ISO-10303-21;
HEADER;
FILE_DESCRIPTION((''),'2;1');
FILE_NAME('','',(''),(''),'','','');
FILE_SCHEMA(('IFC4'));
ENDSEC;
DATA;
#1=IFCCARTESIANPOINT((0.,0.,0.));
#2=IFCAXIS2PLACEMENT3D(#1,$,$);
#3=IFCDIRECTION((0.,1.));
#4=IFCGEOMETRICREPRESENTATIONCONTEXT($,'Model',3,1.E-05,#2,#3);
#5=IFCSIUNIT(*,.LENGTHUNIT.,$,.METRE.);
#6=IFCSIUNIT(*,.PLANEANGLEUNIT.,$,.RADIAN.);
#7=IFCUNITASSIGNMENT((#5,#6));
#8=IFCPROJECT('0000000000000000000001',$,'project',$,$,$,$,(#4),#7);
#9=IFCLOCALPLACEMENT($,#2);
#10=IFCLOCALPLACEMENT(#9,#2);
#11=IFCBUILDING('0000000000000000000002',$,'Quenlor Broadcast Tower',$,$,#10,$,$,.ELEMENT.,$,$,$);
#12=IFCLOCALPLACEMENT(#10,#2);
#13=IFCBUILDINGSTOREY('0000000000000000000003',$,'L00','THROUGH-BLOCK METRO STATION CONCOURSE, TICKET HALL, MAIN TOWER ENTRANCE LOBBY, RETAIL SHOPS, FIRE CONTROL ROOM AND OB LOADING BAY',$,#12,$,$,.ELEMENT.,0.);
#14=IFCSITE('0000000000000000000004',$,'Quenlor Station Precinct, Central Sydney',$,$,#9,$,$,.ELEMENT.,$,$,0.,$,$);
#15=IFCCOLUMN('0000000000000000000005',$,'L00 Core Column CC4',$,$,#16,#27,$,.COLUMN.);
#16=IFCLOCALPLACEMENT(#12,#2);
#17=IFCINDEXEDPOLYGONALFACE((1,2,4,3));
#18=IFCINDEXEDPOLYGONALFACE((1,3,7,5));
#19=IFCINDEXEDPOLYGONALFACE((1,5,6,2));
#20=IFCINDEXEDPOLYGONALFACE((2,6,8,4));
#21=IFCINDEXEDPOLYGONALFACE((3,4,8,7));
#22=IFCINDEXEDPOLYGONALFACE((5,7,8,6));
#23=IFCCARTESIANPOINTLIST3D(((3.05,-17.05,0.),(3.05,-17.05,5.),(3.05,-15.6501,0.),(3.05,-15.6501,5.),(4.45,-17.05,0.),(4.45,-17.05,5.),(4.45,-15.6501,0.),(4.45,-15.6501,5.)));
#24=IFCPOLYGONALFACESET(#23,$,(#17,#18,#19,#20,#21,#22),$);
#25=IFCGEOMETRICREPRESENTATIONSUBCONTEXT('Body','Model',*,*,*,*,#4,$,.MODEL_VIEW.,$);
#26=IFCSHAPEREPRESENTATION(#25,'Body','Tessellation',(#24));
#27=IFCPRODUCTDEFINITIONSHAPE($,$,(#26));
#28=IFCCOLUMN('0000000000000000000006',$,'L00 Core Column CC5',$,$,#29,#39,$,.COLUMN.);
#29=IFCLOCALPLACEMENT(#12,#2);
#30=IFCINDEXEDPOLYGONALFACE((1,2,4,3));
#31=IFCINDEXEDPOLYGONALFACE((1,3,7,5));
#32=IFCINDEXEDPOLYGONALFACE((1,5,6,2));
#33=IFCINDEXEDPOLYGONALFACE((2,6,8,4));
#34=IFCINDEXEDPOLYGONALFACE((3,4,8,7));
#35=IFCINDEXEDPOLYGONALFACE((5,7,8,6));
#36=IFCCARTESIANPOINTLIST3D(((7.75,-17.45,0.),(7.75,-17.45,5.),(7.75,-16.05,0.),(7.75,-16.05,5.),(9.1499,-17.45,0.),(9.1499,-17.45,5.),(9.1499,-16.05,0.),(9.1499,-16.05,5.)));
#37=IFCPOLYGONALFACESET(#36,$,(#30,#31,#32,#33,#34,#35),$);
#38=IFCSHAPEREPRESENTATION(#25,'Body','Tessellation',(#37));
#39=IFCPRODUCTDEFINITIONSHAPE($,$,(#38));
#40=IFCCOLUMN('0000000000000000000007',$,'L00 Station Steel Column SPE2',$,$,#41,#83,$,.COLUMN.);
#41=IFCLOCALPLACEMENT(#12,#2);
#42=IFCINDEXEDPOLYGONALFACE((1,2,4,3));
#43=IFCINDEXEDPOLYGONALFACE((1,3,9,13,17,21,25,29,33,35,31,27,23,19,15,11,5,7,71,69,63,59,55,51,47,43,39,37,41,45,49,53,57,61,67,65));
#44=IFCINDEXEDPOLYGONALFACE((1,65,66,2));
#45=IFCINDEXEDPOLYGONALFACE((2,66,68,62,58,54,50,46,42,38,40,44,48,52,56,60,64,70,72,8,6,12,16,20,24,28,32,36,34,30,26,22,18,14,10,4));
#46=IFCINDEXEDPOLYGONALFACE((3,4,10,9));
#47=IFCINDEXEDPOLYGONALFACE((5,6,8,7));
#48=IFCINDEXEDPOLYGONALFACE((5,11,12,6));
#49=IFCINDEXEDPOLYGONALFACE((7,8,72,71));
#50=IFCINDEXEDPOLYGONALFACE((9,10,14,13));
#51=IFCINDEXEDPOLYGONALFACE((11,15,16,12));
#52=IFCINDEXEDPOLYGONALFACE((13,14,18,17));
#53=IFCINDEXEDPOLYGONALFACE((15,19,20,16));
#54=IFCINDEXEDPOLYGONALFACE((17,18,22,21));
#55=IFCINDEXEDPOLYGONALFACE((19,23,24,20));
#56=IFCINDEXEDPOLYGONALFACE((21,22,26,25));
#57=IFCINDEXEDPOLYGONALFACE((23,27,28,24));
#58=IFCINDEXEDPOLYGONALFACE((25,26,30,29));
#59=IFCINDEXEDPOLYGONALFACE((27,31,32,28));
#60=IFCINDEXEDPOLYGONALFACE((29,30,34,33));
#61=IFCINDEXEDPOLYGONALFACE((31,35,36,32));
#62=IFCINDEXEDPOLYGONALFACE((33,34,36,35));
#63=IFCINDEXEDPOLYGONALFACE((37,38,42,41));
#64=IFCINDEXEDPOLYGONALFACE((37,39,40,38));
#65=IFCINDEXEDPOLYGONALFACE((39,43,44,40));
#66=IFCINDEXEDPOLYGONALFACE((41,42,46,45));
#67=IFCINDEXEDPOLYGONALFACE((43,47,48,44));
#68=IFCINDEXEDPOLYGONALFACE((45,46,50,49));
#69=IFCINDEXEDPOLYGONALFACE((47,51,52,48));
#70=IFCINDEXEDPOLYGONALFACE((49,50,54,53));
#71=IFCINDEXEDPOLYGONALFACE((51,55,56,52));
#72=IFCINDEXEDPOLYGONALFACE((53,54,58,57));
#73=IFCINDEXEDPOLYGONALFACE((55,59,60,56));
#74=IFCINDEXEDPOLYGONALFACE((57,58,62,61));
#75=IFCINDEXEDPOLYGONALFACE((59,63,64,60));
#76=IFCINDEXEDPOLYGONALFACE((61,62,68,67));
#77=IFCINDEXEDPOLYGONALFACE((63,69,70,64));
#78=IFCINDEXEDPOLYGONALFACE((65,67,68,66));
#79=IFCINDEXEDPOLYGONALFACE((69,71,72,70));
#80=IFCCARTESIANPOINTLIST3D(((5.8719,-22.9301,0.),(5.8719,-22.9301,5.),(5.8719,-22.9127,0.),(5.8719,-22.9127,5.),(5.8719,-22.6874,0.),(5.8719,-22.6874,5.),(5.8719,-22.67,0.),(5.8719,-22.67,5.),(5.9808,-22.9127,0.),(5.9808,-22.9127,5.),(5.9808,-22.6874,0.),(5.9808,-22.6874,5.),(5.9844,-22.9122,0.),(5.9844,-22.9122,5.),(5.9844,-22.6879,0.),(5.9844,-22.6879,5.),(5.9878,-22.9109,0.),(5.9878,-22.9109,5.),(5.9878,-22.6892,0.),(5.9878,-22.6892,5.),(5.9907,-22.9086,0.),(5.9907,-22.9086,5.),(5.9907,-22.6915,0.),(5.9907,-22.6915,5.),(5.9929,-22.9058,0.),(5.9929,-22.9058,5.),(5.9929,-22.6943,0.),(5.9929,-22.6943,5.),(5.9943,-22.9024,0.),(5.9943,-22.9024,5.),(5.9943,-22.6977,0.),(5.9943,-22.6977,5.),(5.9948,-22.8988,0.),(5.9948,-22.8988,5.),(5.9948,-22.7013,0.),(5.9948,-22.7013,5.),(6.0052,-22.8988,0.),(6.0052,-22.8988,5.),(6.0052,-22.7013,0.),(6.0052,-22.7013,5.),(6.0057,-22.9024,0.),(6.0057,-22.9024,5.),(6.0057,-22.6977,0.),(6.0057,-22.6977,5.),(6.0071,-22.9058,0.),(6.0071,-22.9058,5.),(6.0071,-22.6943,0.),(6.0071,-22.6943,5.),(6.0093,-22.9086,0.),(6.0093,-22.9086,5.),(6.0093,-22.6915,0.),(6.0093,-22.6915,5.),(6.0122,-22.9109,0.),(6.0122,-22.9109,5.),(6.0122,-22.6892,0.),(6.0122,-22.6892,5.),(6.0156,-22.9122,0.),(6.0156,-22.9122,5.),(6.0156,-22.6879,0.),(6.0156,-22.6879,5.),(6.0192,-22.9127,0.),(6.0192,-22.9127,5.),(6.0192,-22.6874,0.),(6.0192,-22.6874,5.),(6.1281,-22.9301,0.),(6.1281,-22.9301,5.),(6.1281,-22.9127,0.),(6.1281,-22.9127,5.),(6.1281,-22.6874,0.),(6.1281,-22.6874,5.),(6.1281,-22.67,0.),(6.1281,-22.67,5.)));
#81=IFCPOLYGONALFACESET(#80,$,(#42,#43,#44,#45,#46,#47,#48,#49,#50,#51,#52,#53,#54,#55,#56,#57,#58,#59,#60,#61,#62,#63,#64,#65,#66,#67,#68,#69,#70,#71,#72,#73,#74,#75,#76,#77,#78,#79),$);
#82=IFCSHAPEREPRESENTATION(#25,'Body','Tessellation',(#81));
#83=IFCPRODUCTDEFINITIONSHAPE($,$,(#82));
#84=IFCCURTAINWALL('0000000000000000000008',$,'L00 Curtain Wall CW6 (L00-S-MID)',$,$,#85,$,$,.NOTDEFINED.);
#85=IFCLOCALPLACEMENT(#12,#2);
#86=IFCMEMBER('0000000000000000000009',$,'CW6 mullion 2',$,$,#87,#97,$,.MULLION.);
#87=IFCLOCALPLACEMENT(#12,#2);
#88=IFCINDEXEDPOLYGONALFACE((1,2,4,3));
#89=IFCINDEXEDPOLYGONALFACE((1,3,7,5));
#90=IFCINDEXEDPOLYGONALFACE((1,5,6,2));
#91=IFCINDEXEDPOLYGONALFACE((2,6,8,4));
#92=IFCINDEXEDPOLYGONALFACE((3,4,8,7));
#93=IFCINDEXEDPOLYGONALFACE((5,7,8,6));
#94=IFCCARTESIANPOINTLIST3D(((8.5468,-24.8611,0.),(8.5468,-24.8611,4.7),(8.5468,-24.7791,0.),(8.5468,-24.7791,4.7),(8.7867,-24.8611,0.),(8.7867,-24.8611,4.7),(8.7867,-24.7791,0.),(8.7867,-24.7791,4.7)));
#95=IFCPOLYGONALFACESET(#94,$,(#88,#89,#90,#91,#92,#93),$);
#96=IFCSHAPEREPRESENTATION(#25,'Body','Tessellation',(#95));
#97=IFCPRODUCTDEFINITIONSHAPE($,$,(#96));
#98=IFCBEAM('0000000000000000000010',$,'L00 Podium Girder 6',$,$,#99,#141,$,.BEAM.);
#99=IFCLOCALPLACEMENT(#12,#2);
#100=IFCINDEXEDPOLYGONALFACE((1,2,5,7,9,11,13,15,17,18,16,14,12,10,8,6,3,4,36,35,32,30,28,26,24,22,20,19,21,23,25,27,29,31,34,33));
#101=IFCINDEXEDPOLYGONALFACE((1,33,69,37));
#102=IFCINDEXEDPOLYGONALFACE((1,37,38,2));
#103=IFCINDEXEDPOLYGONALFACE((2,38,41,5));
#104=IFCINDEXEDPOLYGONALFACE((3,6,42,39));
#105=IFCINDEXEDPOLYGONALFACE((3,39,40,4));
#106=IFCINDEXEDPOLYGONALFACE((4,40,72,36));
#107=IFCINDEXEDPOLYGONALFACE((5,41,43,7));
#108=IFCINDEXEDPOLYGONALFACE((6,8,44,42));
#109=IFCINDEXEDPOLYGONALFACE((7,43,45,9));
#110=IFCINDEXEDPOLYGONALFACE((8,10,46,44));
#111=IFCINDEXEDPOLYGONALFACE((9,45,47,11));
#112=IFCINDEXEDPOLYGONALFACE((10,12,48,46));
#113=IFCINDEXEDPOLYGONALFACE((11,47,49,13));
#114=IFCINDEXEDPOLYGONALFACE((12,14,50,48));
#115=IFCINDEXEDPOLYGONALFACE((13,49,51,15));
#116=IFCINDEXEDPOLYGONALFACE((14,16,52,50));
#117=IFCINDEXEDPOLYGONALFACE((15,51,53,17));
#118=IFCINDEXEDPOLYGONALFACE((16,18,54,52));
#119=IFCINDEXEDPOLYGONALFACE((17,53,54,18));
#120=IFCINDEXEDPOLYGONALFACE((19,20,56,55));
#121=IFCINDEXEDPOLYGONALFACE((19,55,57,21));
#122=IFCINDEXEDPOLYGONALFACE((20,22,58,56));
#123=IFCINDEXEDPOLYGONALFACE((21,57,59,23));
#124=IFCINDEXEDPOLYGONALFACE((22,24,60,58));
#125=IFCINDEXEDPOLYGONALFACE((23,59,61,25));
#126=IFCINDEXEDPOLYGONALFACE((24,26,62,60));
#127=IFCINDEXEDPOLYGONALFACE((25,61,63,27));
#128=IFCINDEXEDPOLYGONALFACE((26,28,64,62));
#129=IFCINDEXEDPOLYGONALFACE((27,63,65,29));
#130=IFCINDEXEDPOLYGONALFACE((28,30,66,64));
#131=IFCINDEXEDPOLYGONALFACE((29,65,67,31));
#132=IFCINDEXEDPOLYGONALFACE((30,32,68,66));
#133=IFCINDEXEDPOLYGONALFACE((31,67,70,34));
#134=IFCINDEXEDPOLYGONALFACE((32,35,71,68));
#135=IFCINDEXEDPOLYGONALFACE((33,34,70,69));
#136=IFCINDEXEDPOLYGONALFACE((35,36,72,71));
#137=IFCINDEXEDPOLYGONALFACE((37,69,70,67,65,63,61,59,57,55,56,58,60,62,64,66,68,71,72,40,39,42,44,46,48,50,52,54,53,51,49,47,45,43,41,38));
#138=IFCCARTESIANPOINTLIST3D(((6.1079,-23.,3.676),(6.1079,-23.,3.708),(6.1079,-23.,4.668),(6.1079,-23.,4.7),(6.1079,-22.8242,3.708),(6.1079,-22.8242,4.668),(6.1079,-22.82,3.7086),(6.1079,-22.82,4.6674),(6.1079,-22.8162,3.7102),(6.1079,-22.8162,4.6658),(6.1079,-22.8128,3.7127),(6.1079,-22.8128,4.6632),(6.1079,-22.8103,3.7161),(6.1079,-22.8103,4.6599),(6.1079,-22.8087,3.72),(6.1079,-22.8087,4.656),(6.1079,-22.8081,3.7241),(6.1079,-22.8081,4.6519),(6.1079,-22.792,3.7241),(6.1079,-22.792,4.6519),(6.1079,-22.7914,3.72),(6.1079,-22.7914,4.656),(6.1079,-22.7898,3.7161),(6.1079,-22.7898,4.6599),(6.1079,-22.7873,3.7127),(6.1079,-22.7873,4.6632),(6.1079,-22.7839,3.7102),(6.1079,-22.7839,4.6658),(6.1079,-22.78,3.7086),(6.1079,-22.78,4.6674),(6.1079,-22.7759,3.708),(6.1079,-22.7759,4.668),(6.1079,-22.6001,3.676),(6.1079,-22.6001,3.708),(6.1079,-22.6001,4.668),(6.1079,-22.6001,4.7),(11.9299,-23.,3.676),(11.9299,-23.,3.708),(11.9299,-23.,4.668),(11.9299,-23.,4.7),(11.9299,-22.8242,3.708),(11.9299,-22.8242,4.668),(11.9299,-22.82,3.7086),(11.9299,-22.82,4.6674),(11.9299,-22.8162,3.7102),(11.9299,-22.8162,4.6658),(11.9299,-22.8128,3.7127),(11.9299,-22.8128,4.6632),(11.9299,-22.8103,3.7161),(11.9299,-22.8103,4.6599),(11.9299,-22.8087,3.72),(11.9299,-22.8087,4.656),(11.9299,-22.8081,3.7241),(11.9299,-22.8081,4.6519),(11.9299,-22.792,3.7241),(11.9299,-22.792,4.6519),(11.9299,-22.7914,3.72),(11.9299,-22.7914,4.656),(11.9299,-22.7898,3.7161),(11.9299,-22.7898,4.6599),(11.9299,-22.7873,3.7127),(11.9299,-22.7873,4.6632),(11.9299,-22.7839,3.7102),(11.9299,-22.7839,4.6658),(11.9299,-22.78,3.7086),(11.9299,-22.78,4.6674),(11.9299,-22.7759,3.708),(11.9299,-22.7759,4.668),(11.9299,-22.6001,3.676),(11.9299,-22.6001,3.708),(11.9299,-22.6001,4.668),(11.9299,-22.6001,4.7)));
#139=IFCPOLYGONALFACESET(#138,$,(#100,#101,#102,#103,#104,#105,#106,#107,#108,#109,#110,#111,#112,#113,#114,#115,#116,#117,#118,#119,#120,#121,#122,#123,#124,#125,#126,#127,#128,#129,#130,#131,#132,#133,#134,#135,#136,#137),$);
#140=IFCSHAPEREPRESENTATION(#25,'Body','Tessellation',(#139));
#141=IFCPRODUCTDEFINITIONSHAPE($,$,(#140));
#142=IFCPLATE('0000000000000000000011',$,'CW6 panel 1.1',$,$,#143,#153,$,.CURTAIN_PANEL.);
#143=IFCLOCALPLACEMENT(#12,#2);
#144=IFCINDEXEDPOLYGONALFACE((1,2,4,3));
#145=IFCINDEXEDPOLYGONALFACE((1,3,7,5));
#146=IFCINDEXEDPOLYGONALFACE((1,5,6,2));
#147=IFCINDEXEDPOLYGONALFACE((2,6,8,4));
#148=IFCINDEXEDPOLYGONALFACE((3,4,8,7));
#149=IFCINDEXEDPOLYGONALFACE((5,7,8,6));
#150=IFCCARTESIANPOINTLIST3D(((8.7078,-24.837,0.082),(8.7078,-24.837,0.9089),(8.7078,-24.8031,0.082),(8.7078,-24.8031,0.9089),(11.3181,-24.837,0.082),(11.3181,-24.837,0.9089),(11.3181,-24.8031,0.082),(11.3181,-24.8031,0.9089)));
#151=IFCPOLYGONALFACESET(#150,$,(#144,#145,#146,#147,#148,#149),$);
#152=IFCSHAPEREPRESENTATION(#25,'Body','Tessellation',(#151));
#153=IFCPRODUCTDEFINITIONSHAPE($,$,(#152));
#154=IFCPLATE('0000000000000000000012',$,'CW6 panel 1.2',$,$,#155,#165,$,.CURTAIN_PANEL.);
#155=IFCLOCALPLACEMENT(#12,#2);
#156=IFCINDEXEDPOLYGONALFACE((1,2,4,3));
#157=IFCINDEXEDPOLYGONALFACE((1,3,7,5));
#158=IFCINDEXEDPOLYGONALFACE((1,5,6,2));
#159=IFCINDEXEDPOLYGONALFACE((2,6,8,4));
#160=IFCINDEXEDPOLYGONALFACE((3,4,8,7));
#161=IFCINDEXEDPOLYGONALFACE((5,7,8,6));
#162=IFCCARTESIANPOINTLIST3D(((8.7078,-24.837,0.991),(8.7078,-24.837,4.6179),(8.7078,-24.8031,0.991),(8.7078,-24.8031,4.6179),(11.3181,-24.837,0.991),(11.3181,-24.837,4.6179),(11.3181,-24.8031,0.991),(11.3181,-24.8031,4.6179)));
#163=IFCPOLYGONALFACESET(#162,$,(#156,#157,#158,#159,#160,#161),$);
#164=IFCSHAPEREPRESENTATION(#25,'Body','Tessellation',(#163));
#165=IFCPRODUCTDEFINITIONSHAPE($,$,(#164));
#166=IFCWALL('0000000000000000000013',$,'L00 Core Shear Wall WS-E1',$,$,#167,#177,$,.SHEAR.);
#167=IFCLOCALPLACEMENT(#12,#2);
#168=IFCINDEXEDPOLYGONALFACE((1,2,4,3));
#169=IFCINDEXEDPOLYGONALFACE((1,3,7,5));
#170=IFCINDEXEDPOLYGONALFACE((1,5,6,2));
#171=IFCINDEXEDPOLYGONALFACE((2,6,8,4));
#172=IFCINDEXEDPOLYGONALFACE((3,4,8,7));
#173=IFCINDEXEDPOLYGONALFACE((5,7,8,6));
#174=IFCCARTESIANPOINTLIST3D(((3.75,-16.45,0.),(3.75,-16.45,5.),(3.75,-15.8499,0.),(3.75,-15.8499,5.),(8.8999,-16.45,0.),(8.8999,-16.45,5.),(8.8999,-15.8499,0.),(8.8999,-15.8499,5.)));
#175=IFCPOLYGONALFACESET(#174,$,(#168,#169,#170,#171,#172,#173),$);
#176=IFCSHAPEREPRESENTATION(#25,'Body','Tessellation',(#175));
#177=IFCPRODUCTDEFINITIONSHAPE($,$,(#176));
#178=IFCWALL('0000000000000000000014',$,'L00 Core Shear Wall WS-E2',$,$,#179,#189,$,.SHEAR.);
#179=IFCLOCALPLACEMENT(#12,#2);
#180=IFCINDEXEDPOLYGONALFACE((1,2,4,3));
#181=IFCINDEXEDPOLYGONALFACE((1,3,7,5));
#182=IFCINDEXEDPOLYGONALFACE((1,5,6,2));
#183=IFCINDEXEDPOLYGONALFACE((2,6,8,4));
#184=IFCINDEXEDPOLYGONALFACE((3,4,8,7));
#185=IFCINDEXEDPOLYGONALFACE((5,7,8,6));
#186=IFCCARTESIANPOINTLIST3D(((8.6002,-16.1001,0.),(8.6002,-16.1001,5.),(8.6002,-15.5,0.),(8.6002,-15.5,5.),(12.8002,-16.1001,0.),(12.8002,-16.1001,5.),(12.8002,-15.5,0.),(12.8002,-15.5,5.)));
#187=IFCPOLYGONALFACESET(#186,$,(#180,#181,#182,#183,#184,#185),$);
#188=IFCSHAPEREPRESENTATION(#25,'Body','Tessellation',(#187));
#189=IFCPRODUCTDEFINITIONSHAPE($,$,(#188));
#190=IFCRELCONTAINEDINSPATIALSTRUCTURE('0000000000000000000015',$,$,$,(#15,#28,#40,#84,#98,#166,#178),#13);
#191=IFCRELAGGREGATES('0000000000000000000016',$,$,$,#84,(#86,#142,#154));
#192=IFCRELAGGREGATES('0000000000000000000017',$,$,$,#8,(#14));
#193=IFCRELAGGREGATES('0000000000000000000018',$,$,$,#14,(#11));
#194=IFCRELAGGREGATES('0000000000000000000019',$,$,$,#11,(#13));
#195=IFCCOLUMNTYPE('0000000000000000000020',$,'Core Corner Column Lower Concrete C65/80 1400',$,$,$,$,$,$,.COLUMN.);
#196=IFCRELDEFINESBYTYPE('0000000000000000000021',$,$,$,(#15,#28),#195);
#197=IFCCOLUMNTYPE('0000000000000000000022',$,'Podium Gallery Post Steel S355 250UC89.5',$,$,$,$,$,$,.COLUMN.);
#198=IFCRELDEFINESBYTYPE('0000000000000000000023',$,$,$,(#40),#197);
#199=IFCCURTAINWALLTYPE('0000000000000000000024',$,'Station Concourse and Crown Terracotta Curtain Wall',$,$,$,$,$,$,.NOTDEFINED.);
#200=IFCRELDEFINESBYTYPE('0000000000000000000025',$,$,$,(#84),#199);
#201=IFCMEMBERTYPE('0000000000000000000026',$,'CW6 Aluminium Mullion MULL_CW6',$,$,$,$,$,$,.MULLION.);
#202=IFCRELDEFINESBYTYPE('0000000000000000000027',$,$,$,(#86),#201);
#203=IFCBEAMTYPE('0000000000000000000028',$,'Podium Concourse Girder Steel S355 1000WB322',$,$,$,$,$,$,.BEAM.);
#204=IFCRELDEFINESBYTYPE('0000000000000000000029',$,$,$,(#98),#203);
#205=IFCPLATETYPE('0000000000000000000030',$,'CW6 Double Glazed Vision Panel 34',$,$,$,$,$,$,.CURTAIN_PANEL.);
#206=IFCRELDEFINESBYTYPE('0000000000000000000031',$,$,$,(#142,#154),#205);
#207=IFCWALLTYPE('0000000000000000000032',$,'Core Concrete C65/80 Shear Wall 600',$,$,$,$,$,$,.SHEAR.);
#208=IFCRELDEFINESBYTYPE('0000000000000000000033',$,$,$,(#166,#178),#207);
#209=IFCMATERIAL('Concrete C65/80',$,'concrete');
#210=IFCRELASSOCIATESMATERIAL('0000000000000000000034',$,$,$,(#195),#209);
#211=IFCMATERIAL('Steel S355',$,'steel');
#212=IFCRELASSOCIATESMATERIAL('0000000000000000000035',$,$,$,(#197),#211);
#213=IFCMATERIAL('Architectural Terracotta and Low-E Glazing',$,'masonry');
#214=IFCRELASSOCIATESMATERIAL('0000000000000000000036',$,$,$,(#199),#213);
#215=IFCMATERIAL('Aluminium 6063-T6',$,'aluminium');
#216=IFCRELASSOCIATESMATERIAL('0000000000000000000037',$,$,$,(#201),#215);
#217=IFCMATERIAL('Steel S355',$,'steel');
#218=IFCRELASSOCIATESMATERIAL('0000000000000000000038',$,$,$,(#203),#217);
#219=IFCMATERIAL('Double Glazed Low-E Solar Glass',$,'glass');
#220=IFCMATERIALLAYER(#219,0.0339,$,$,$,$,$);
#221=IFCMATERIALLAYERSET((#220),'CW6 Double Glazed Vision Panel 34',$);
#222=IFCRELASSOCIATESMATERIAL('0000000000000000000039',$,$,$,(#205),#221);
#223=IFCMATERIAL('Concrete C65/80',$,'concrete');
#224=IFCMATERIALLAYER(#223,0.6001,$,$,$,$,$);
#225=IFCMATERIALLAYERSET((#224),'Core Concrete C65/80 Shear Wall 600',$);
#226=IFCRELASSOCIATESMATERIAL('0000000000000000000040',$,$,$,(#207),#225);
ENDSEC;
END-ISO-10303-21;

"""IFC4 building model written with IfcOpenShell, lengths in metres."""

from ifc_helpers import new_model, si_unit, direction, frame, frame_2d, origin, origin_2d, place, context, subcontext, project, spatial, rectangle, i_section, extrude, material, layer, layer_set, material_profile, profile_set, type_object, element, aggregate, save


model = new_model("IFC4")

# Units and contexts
model_context = context("Model", 3, precision=1e-05, world=origin(), true_north=direction((0.0, 1.0)))
body_context = subcontext(model_context, "Body", "Model", "MODEL_VIEW")
ifc_project = project(units=[si_unit("LENGTHUNIT", "METRE"), si_unit("PLANEANGLEUNIT", "RADIAN")], contexts=[model_context])

# Site, building, storey
site_placement = place(None, origin())
site = spatial("IfcSite", under=ifc_project, at=site_placement, Name="Quenlor Station Precinct, Central Sydney", CompositionType="ELEMENT", RefElevation=0.0)
building_placement = place(site_placement, origin())
building = spatial("IfcBuilding", under=site, at=building_placement, Name="Quenlor Broadcast Tower", CompositionType="ELEMENT")
storey_placement = place(building_placement, origin())
storey = spatial("IfcBuildingStorey", under=building, at=storey_placement, Name="L00", Description="THROUGH-BLOCK METRO STATION CONCOURSE, TICKET HALL, MAIN TOWER ENTRANCE LOBBY, RETAIL SHOPS, FIRE CONTROL ROOM AND OB LOADING BAY", CompositionType="ELEMENT", Elevation=0.0)

# Columns
ifc_material_1 = material(Name="Concrete C65/80", Category="concrete")
ifc_material_profile_1 = material_profile(ifc_material_1, rectangle(XDim=1.3999, YDim=1.3999, at=origin_2d()))
ifc_profile_set_1 = profile_set([ifc_material_profile_1], Name="Concrete C65/80 RC1400x1400")
column_type_1 = type_object("IfcColumnType", Name="Core Corner Column Lower Concrete C65/80 1400", PredefinedType="COLUMN", material=ifc_profile_set_1)
for number, where, z_axis, x_axis, name in (
    (1, (3.75, -16.3501, 0.0), (0.0, 0.0, 1.0), (1.0, 0.0, 0.0), "L00 Core Column CC4"),
    (2, (8.45, -16.75, 0.0), (0.0, 0.0, 1.0), (1.0, 0.0, 0.0), "L00 Core Column CC5"),
):
    element("IfcColumn", number, at=place(storey_placement, frame(where, z_axis=z_axis, x_axis=x_axis)), inside=storey, type_object=column_type_1, Name=name, PredefinedType="COLUMN", context=body_context, shape_type="SweptSolid", body=[
        extrude(rectangle(XDim=1.3999, YDim=1.3999, at=origin_2d()), origin(), (0.0, 0.0, 1.0), 5.0),
    ])
ifc_material_2 = material(Name="Steel S355", Category="steel")
ifc_material_profile_2 = material_profile(ifc_material_2, i_section(OverallWidth=0.2561, OverallDepth=0.26, WebThickness=0.0105, FlangeThickness=0.0173, FilletRadius=0.0139, at=origin_2d()))
ifc_profile_set_2 = profile_set([ifc_material_profile_2], Name="Steel S355 250UC89.5")
column_type_2 = type_object("IfcColumnType", Name="Podium Gallery Post Steel S355 250UC89.5", PredefinedType="COLUMN", material=ifc_profile_set_2)
column_placement = place(storey_placement, frame((6.0, -22.8, 0.0), z_axis=(0.0, 0.0, 1.0), x_axis=(1.0, 0.0, 0.0)))
element("IfcColumn", 3, at=column_placement, inside=storey, type_object=column_type_2, Name="L00 Station Steel Column SPE2", PredefinedType="COLUMN", context=body_context, shape_type="SweptSolid", body=[
    extrude(i_section(OverallWidth=0.2561, OverallDepth=0.26, WebThickness=0.0105, FlangeThickness=0.0173, FilletRadius=0.0139, at=origin_2d()), origin(), (0.0, 0.0, 1.0), 5.0),
])

# Curtain wall, member
ifc_material_3 = material(Name="Architectural Terracotta and Low-E Glazing", Category="masonry")
curtain_wall_type = type_object("IfcCurtainWallType", Name="Station Concourse and Crown Terracotta Curtain Wall", PredefinedType="NOTDEFINED", material=ifc_material_3)
curtain_wall_placement = place(storey_placement, origin())
curtain_wall = element("IfcCurtainWall", 4, at=curtain_wall_placement, inside=storey, type_object=curtain_wall_type, Name="L00 Curtain Wall CW6 (L00-S-MID)", PredefinedType="NOTDEFINED")
ifc_material_4 = material(Name="Aluminium 6063-T6", Category="aluminium")
ifc_material_profile_3 = material_profile(ifc_material_4, rectangle(XDim=0.082, YDim=0.24, at=origin_2d()))
ifc_profile_set_3 = profile_set([ifc_material_profile_3], Name="Aluminium 6063-T6 MULL82x240")
member_type = type_object("IfcMemberType", Name="CW6 Aluminium Mullion MULL_CW6", PredefinedType="MULLION", material=ifc_profile_set_3)
member_placement = place(storey_placement, frame((8.6667, -24.8201, 0.0), z_axis=(0.0, 0.0, 1.0), x_axis=(0.0, -1.0, 0.0)))
member = element("IfcMember", 5, at=member_placement, type_object=member_type, Name="CW6 mullion 2", PredefinedType="MULLION", context=body_context, shape_type="SweptSolid", body=[
    extrude(rectangle(XDim=0.082, YDim=0.24, at=origin_2d()), origin(), (0.0, 0.0, 1.0), 4.7),
])

# Beam
ifc_material_5 = material(Name="Steel S355", Category="steel")
ifc_material_profile_4 = material_profile(ifc_material_5, i_section(OverallWidth=0.3999, OverallDepth=1.0239, WebThickness=0.0161, FlangeThickness=0.032, FilletRadius=0.0161, at=origin_2d()))
ifc_profile_set_4 = profile_set([ifc_material_profile_4], Name="Steel S355 1000WB322")
beam_type = type_object("IfcBeamType", Name="Podium Concourse Girder Steel S355 1000WB322", PredefinedType="BEAM", material=ifc_profile_set_4)
beam_placement = place(storey_placement, frame((6.1079, -22.8, 4.188), z_axis=(1.0, 0.0, 0.0), x_axis=(0.0, 1.0, 0.0)))
element("IfcBeam", 6, at=beam_placement, inside=storey, type_object=beam_type, Name="L00 Podium Girder 6", PredefinedType="BEAM", context=body_context, shape_type="SweptSolid", body=[
    extrude(i_section(OverallWidth=0.3999, OverallDepth=1.0239, WebThickness=0.0161, FlangeThickness=0.032, FilletRadius=0.0161, at=origin_2d()), origin(), (0.0, 0.0, 1.0), 5.822),
])

# Plates
ifc_material_6 = material(Name="Double Glazed Low-E Solar Glass", Category="glass")
ifc_layer_1 = layer(ifc_material_6, 0.0339)
ifc_layer_set_1 = layer_set([ifc_layer_1], Name="CW6 Double Glazed Vision Panel 34")
plate_type = type_object("IfcPlateType", Name="CW6 Double Glazed Vision Panel 34", PredefinedType="CURTAIN_PANEL", material=ifc_layer_set_1)
plate_1_placement = place(storey_placement, frame((10.0129, -24.8201, 0.082), z_axis=(0.0, 0.0, 1.0), x_axis=(-1.0, 0.0, 0.0)))
plate_1 = element("IfcPlate", 7, at=plate_1_placement, type_object=plate_type, Name="CW6 panel 1.1", PredefinedType="CURTAIN_PANEL", context=body_context, shape_type="SweptSolid", body=[
    extrude(rectangle(XDim=2.6104, YDim=0.0339, at=origin_2d()), origin(), (0.0, 0.0, 1.0), 0.8269),
])
plate_2_placement = place(storey_placement, frame((10.0129, -24.8201, 0.991), z_axis=(0.0, 0.0, 1.0), x_axis=(-1.0, 0.0, 0.0)))
plate_2 = element("IfcPlate", 8, at=plate_2_placement, type_object=plate_type, Name="CW6 panel 1.2", PredefinedType="CURTAIN_PANEL", context=body_context, shape_type="SweptSolid", body=[
    extrude(rectangle(XDim=2.6104, YDim=0.0339, at=origin_2d()), origin(), (0.0, 0.0, 1.0), 3.627),
])
aggregate(curtain_wall, [member, plate_1, plate_2])

# Walls
ifc_material_7 = material(Name="Concrete C65/80", Category="concrete")
ifc_layer_2 = layer(ifc_material_7, 0.6001)
ifc_layer_set_2 = layer_set([ifc_layer_2], Name="Core Concrete C65/80 Shear Wall 600")
wall_type_1 = type_object("IfcWallType", Name="Core Concrete C65/80 Shear Wall 600", PredefinedType="SHEAR", material=ifc_layer_set_2)
wall_1_placement = place(storey_placement, frame((3.75, -16.1499, 0.0), z_axis=(0.0, 0.0, 1.0), x_axis=(1.0, 0.0, 0.0)))
element("IfcWall", 9, at=wall_1_placement, inside=storey, type_object=wall_type_1, Name="L00 Core Shear Wall WS-E1", PredefinedType="SHEAR", context=body_context, shape_type="SweptSolid", body=[
    extrude(rectangle(XDim=5.1499, YDim=0.6001, at=frame_2d((2.575, 0.0))), origin(), (0.0, 0.0, 1.0), 5.0),
])
wall_2_placement = place(storey_placement, frame((8.6001, -15.8, 0.0), z_axis=(0.0, 0.0, 1.0), x_axis=(1.0, 0.0, 0.0)))
element("IfcWall", 10, at=wall_2_placement, inside=storey, type_object=wall_type_1, Name="L00 Core Shear Wall WS-E2", PredefinedType="SHEAR", context=body_context, shape_type="SweptSolid", body=[
    extrude(rectangle(XDim=4.2, YDim=0.6001, at=frame_2d((2.1001, 0.0))), origin(), (0.0, 0.0, 1.0), 5.0),
])

save(model, "model.ifc")
